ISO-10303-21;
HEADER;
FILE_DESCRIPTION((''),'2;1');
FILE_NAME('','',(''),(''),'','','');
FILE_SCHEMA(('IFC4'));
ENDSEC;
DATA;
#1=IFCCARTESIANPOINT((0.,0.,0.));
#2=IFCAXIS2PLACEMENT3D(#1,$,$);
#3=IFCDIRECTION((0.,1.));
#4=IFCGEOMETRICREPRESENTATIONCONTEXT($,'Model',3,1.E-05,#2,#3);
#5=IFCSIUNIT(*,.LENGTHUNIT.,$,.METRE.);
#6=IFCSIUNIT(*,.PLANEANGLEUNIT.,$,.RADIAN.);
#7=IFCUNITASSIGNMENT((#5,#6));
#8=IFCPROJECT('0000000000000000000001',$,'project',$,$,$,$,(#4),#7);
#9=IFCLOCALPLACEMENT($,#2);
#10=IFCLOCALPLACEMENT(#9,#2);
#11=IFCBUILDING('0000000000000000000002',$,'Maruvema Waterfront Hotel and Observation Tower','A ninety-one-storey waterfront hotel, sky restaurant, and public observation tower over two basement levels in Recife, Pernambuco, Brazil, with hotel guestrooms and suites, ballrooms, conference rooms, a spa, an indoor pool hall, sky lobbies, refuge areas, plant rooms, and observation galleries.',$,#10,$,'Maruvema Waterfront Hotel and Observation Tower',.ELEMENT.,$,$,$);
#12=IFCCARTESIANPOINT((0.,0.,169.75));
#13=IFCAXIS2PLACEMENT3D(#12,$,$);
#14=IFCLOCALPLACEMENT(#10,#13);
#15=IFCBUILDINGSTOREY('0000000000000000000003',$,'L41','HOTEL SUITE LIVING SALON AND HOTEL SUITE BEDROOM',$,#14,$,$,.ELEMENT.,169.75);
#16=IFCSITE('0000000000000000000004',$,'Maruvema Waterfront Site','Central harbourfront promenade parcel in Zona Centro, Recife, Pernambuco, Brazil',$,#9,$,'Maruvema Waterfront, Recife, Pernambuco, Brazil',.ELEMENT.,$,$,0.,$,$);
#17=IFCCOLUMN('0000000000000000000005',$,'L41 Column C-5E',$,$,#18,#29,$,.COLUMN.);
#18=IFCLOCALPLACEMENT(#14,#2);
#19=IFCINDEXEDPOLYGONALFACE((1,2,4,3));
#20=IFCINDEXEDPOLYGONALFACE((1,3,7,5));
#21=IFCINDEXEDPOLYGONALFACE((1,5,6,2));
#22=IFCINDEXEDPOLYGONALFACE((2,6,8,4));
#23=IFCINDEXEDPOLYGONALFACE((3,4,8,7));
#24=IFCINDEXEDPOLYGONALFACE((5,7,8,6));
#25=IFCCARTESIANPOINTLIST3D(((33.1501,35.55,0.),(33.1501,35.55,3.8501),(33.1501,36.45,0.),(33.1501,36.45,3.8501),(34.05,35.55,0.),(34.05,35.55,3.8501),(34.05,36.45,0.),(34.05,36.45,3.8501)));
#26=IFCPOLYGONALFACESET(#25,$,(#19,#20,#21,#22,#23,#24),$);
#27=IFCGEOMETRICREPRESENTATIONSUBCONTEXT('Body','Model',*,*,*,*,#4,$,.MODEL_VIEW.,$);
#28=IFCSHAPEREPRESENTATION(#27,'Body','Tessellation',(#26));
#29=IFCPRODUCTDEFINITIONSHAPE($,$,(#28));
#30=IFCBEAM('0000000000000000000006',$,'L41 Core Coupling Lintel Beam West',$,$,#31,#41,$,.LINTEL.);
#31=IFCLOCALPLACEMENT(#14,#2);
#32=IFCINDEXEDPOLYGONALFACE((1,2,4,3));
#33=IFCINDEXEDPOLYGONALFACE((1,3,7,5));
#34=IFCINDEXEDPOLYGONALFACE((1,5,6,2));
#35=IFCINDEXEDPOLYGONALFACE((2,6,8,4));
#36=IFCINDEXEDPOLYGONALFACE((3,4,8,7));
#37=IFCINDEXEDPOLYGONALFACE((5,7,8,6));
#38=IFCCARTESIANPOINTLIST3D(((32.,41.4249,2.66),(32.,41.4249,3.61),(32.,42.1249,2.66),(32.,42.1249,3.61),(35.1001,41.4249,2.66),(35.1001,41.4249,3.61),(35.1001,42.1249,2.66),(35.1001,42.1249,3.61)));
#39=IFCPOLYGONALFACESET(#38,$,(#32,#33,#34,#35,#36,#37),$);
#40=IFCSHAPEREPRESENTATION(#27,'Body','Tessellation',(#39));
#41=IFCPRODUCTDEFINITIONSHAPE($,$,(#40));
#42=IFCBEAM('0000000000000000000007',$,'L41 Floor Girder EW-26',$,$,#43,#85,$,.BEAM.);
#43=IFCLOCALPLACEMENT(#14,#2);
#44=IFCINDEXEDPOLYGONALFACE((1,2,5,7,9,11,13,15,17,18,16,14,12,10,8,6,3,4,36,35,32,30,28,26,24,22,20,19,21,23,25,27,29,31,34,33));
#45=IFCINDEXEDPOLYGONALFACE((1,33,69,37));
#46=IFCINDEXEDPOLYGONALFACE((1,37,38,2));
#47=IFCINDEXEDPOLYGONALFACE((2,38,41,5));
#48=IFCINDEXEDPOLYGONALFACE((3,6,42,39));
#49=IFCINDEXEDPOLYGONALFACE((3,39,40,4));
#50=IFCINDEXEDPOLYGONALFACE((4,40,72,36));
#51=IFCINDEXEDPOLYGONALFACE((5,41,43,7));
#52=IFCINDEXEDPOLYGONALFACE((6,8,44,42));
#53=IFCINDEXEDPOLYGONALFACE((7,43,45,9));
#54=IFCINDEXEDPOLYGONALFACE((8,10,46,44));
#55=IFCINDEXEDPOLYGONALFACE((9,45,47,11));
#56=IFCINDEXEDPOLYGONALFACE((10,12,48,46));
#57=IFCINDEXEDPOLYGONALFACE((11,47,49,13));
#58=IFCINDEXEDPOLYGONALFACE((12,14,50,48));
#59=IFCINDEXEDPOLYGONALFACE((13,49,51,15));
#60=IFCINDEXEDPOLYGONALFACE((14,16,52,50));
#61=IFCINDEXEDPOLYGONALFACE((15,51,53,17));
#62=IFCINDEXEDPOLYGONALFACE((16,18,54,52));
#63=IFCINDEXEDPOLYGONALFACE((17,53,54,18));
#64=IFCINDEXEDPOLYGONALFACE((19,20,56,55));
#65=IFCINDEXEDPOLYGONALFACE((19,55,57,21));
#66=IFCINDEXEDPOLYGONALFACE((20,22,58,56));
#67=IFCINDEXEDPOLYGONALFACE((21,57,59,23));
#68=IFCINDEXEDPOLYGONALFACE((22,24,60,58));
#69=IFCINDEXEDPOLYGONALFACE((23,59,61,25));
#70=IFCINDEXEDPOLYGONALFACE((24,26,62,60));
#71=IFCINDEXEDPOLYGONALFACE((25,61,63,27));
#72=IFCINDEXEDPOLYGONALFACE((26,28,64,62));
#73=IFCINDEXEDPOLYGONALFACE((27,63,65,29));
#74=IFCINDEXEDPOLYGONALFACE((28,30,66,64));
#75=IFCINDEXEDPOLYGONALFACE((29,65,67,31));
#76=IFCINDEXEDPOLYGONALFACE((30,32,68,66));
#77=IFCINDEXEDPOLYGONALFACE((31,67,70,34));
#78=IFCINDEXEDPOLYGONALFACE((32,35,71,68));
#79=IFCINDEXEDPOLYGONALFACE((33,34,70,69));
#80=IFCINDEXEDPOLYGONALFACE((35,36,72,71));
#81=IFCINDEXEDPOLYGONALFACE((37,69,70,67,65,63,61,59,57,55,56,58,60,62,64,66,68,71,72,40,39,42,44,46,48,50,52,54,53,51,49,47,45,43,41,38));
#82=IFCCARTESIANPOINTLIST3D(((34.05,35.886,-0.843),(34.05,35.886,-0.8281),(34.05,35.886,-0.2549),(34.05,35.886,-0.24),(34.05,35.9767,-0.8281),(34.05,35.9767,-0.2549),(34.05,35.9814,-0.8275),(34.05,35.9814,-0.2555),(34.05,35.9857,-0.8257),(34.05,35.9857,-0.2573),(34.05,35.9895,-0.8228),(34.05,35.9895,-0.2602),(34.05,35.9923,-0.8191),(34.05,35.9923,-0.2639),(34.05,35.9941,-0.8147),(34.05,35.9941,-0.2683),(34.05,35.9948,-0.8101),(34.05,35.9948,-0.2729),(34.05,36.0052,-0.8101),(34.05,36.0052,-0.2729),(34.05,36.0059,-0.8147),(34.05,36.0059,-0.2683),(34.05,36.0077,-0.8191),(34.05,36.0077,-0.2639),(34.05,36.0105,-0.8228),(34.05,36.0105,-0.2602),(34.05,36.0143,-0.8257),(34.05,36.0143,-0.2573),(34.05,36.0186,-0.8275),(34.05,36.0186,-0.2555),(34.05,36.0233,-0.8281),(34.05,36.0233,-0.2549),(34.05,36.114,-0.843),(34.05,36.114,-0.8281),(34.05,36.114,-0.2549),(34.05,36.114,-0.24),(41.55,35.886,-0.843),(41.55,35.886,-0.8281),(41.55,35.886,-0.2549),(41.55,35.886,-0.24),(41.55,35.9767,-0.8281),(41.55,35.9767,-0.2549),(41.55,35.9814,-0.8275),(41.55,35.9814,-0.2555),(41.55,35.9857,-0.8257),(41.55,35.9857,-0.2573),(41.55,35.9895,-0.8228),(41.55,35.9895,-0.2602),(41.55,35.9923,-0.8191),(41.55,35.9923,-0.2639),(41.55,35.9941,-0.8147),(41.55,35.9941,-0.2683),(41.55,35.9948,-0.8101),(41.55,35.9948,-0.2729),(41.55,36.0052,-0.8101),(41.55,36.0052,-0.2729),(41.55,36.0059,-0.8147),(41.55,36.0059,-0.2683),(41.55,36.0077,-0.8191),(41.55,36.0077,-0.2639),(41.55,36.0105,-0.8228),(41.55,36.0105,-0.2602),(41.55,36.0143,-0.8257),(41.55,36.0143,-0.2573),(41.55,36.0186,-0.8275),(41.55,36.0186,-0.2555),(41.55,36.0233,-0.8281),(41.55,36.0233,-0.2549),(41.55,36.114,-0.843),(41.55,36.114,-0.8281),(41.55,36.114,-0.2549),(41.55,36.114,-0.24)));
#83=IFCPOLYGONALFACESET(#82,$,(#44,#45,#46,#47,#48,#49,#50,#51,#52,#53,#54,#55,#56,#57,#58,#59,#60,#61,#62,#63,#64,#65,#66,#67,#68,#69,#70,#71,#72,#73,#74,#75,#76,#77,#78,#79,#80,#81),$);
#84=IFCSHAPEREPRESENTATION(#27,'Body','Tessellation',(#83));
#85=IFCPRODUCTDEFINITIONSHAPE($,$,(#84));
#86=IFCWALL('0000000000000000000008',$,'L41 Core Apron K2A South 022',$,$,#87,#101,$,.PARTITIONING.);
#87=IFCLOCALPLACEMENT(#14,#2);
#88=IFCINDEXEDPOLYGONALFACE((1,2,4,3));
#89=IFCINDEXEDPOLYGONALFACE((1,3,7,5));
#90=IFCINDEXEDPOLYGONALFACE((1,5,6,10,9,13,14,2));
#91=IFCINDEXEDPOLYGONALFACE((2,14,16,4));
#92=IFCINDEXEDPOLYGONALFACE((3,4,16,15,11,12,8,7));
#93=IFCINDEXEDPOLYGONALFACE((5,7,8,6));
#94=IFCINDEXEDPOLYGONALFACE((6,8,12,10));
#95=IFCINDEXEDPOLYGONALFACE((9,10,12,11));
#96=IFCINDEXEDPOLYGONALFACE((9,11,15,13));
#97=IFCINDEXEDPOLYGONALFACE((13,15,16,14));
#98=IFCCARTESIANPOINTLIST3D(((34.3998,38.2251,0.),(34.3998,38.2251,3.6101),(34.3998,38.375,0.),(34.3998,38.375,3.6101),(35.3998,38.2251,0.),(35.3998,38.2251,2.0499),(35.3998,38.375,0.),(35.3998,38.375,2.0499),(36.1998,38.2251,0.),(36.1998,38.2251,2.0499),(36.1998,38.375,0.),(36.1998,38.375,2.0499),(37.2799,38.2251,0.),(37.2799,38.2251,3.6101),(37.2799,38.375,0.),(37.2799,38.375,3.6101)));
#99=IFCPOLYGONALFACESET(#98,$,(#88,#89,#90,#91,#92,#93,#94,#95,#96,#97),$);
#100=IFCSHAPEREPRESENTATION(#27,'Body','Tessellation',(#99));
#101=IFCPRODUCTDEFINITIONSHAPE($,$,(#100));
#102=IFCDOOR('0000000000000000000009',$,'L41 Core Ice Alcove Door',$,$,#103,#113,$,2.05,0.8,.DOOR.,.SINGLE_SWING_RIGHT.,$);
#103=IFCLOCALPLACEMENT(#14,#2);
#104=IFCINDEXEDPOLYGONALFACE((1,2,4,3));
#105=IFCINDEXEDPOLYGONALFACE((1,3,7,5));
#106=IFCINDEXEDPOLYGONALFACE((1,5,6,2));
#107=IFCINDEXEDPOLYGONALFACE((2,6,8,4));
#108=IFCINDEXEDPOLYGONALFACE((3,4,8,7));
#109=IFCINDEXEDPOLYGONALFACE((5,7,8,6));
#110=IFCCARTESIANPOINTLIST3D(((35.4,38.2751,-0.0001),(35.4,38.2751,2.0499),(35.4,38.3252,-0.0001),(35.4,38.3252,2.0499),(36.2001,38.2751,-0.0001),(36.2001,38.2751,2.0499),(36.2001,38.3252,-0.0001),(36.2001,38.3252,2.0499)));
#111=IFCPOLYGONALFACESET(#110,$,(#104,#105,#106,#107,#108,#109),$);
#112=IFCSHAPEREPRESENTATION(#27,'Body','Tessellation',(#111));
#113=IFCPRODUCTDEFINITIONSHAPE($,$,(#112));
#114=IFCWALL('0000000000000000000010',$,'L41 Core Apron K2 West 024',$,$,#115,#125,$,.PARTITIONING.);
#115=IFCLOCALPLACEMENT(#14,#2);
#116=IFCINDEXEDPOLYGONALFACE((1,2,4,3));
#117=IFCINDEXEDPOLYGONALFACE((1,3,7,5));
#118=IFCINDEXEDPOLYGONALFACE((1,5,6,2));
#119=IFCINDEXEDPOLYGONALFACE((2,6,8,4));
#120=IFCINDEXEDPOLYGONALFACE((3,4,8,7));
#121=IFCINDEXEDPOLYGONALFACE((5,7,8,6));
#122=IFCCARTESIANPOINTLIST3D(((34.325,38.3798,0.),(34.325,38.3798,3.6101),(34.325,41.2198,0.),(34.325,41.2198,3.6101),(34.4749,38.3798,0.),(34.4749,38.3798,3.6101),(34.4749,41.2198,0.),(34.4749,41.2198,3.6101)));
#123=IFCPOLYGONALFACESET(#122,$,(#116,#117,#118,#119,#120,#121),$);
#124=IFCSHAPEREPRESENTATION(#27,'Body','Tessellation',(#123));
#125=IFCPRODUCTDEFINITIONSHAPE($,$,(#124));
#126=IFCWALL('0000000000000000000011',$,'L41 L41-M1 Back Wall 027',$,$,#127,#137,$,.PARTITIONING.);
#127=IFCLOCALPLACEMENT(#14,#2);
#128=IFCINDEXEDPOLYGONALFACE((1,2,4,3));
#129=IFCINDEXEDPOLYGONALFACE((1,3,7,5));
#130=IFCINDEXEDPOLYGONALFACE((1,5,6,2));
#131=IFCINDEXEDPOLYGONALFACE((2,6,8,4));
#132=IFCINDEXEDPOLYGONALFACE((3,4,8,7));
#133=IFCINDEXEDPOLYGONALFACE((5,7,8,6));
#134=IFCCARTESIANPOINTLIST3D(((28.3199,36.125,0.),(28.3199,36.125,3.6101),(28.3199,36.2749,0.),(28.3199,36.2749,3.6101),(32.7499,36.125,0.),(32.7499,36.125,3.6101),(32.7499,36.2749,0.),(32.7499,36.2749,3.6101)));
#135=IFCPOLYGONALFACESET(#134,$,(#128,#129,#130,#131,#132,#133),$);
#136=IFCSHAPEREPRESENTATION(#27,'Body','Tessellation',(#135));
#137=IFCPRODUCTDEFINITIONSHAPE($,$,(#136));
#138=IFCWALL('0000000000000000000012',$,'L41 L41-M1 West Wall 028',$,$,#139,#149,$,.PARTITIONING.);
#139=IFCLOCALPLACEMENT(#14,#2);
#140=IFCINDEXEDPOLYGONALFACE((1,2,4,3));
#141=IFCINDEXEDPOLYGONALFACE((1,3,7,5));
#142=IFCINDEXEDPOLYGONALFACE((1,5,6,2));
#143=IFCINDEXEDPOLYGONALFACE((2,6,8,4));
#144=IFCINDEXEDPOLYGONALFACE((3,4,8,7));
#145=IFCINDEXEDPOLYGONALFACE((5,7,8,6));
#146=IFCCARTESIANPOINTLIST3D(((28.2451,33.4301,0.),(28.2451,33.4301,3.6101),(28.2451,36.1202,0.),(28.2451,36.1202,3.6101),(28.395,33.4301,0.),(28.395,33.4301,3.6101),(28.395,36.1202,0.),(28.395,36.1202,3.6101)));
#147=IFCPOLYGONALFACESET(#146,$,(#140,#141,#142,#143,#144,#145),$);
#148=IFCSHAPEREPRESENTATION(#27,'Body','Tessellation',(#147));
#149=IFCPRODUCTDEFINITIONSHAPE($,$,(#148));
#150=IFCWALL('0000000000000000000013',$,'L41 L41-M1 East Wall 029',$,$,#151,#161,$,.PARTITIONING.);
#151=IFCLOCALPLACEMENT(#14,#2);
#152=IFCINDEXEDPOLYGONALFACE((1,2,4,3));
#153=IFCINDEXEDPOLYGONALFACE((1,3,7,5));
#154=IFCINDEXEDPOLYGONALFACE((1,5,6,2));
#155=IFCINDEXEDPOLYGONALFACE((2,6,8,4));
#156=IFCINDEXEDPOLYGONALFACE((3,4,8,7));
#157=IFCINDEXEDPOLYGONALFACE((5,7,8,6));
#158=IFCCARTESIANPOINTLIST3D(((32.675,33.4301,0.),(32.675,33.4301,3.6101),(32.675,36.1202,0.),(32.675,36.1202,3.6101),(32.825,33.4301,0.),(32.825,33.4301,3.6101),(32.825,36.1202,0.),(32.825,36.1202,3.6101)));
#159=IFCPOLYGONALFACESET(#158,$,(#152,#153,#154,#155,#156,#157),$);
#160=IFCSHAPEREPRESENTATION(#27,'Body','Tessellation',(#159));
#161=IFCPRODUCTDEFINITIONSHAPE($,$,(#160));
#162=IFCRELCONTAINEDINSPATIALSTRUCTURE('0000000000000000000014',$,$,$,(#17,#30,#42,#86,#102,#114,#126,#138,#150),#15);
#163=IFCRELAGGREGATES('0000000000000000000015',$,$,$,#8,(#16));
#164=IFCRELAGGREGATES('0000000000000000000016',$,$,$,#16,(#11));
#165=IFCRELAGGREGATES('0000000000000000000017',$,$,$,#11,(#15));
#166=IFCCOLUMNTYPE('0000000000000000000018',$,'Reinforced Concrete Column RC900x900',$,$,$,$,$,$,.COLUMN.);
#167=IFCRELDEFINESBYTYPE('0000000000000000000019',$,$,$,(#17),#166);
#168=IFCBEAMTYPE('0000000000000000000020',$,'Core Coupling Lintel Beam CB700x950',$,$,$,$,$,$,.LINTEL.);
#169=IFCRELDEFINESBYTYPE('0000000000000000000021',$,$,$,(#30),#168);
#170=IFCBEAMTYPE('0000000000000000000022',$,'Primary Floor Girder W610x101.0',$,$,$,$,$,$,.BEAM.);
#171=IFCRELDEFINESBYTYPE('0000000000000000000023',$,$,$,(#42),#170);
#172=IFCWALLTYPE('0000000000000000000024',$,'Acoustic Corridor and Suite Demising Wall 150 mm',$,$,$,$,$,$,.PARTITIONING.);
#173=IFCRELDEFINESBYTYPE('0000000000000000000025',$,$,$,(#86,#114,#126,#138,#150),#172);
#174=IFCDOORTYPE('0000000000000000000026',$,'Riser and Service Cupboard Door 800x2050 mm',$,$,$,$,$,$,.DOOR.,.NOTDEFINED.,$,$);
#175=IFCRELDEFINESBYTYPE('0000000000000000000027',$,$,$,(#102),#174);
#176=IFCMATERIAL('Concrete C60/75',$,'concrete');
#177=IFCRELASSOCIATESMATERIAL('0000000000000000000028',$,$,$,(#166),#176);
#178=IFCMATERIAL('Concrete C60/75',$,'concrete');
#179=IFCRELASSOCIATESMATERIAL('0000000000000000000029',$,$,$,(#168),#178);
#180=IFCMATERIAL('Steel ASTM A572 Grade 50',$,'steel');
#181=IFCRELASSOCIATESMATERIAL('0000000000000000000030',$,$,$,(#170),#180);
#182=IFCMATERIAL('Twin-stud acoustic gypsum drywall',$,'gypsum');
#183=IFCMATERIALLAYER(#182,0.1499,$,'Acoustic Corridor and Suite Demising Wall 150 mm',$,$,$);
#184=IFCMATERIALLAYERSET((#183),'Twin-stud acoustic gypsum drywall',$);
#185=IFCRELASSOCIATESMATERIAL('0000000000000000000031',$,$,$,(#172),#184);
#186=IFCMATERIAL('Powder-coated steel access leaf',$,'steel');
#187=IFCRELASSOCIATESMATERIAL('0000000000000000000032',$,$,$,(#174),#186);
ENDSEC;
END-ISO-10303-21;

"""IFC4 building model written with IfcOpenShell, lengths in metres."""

from ifc_helpers import new_model, si_unit, direction, frame, frame_2d, origin, origin_2d, place, context, subcontext, project, spatial, rectangle, i_section, extrude, material, layer, layer_set, material_profile, profile_set, type_object, element, fill, save


model = new_model("IFC4")

# Units and contexts
model_context = context("Model", 3, precision=1e-05, world=origin(), true_north=direction((0.0, 1.0)))
body_context = subcontext(model_context, "Body", "Model", "MODEL_VIEW")
ifc_project = project(units=[si_unit("LENGTHUNIT", "METRE"), si_unit("PLANEANGLEUNIT", "RADIAN")], contexts=[model_context])

# Site, building, storey
site_placement = place(None, origin())
site = spatial("IfcSite", under=ifc_project, at=site_placement, Name="Maruvema Waterfront Site", Description="Central harbourfront promenade parcel in Zona Centro, Recife, Pernambuco, Brazil", LongName="Maruvema Waterfront, Recife, Pernambuco, Brazil", CompositionType="ELEMENT", RefElevation=0.0)
building_placement = place(site_placement, origin())
building = spatial("IfcBuilding", under=site, at=building_placement, Name="Maruvema Waterfront Hotel and Observation Tower", Description="A ninety-one-storey waterfront hotel, sky restaurant, and public observation tower over two basement levels in Recife, Pernambuco, Brazil, with hotel guestrooms and suites, ballrooms, conference rooms, a spa, an indoor pool hall, sky lobbies, refuge areas, plant rooms, and observation galleries.", LongName="Maruvema Waterfront Hotel and Observation Tower", CompositionType="ELEMENT")
storey_placement = place(building_placement, frame((0.0, 0.0, 169.75)))
storey = spatial("IfcBuildingStorey", under=building, at=storey_placement, Name="L41", Description="HOTEL SUITE LIVING SALON AND HOTEL SUITE BEDROOM", CompositionType="ELEMENT", Elevation=169.75)

# Column
ifc_material_1 = material(Name="Concrete C60/75", Category="concrete")
ifc_material_profile_1 = material_profile(ifc_material_1, rectangle(XDim=0.8999, YDim=0.8999, at=origin_2d()), Name="RC900x900")
ifc_profile_set_1 = profile_set([ifc_material_profile_1], Name="Concrete C60/75")
column_type = type_object("IfcColumnType", Name="Reinforced Concrete Column RC900x900", PredefinedType="COLUMN", material=ifc_profile_set_1)
column_placement = place(storey_placement, frame((33.6001, 36.0, 0.0), z_axis=(0.0, 0.0, 1.0), x_axis=(1.0, 0.0, 0.0)))
element("IfcColumn", 1, at=column_placement, inside=storey, type_object=column_type, Name="L41 Column C-5E", PredefinedType="COLUMN", context=body_context, shape_type="SweptSolid", body=[
    extrude(rectangle(XDim=0.8999, YDim=0.8999, at=origin_2d()), origin(), (0.0, 0.0, 1.0), 3.8501),
])

# Beams
ifc_material_2 = material(Name="Concrete C60/75", Category="concrete")
ifc_material_profile_2 = material_profile(ifc_material_2, rectangle(XDim=0.7, YDim=0.95, at=origin_2d()), Name="CB700x950")
ifc_profile_set_2 = profile_set([ifc_material_profile_2], Name="Concrete C60/75")
beam_type_1 = type_object("IfcBeamType", Name="Core Coupling Lintel Beam CB700x950", PredefinedType="LINTEL", material=ifc_profile_set_2)
beam_1_placement = place(storey_placement, frame((32.0, 41.7749, 3.135), z_axis=(1.0, 0.0, 0.0), x_axis=(0.0, 1.0, 0.0)))
element("IfcBeam", 2, at=beam_1_placement, inside=storey, type_object=beam_type_1, Name="L41 Core Coupling Lintel Beam West", PredefinedType="LINTEL", context=body_context, shape_type="SweptSolid", body=[
    extrude(rectangle(XDim=0.7, YDim=0.95, at=origin_2d()), origin(), (0.0, 0.0, 1.0), 3.1001),
])
ifc_material_3 = material(Name="Steel ASTM A572 Grade 50", Category="steel")
ifc_material_profile_3 = material_profile(ifc_material_3, i_section(OverallWidth=0.228, OverallDepth=0.603, WebThickness=0.0105, FlangeThickness=0.0149, FilletRadius=0.0181, at=origin_2d()), Name="W610x101.0")
ifc_profile_set_3 = profile_set([ifc_material_profile_3], Name="Steel ASTM A572 Grade 50")
beam_type_2 = type_object("IfcBeamType", Name="Primary Floor Girder W610x101.0", PredefinedType="BEAM", material=ifc_profile_set_3)
beam_2_placement = place(storey_placement, frame((34.05, 36.0, -0.5415), z_axis=(1.0, 0.0, 0.0), x_axis=(0.0, 1.0, 0.0)))
element("IfcBeam", 3, at=beam_2_placement, inside=storey, type_object=beam_type_2, Name="L41 Floor Girder EW-26", PredefinedType="BEAM", context=body_context, shape_type="SweptSolid", body=[
    extrude(i_section(OverallWidth=0.228, OverallDepth=0.603, WebThickness=0.0105, FlangeThickness=0.0149, FilletRadius=0.0181, at=origin_2d()), origin(), (0.0, 0.0, 1.0), 7.5),
])

# Wall, opening, door
ifc_material_4 = material(Name="Twin-stud acoustic gypsum drywall", Category="gypsum")
ifc_layer_1 = layer(ifc_material_4, 0.1499, Name="Acoustic Corridor and Suite Demising Wall 150 mm")
ifc_layer_set_1 = layer_set([ifc_layer_1], Name="Twin-stud acoustic gypsum drywall")
wall_type_1 = type_object("IfcWallType", Name="Acoustic Corridor and Suite Demising Wall 150 mm", PredefinedType="PARTITIONING", material=ifc_layer_set_1)
wall_1_placement = place(storey_placement, frame((34.3999, 38.3, 0.0), z_axis=(0.0, 0.0, 1.0), x_axis=(1.0, 0.0, 0.0)))
wall_1 = element("IfcWall", 4, at=wall_1_placement, inside=storey, type_object=wall_type_1, Name="L41 Core Apron K2A South 022", PredefinedType="PARTITIONING", context=body_context, shape_type="SweptSolid", body=[
    extrude(rectangle(XDim=2.8801, YDim=0.1499, at=frame_2d((1.4399, 0.0))), origin(), (0.0, 0.0, 1.0), 3.6101),
])
opening_1_placement = place(wall_1_placement, frame((1.0, 0.0, 0.0)))
opening_1 = element("IfcOpeningElement", 5, at=opening_1_placement, cuts=wall_1, PredefinedType="OPENING", context=body_context, shape_type="SweptSolid", body=[
    extrude(rectangle(XDim=0.8, YDim=2.05, at=frame_2d((0.3999, 1.0249))), frame((0.0, 0.085, 0.0), z_axis=(0.0, -1.0, 0.0), x_axis=(1.0, 0.0, 0.0)), (0.0, 0.0, 1.0), 0.1699),
])
ifc_material_5 = material(Name="Powder-coated steel access leaf", Category="steel")
door_type_1 = type_object("IfcDoorType", Name="Riser and Service Cupboard Door 800x2050 mm", OperationType="NOTDEFINED", PredefinedType="DOOR", material=ifc_material_5)
door_1_placement = place(opening_1_placement, frame((0.8, 0.0, 0.0), z_axis=(0.0, 0.0, 1.0), x_axis=(-1.0, 0.0, 0.0)))
door_1 = element("IfcDoor", 6, at=door_1_placement, inside=storey, type_object=door_type_1, Name="L41 Core Ice Alcove Door", OperationType="SINGLE_SWING_RIGHT", OverallHeight=2.05, OverallWidth=0.8, PredefinedType="DOOR", context=body_context, shape_type="SweptSolid", body=[
    extrude(rectangle(XDim=0.8, YDim=2.05, at=frame_2d((0.3999, 1.0249))), frame((0.0, 0.0249, 0.0), z_axis=(0.0, -1.0, 0.0), x_axis=(1.0, 0.0, 0.0)), (0.0, 0.0, 1.0), 0.05),
])
fill(opening_1, door_1)

# Walls
wall_2_placement = place(storey_placement, frame((34.3999, 38.3799, 0.0), z_axis=(0.0, 0.0, 1.0), x_axis=(0.0, 1.0, 0.0)))
element("IfcWall", 7, at=wall_2_placement, inside=storey, type_object=wall_type_1, Name="L41 Core Apron K2 West 024", PredefinedType="PARTITIONING", context=body_context, shape_type="SweptSolid", body=[
    extrude(rectangle(XDim=2.8401, YDim=0.1499, at=frame_2d((1.4199, 0.0))), origin(), (0.0, 0.0, 1.0), 3.6101),
])
wall_3_placement = place(storey_placement, frame((28.3201, 36.2, 0.0), z_axis=(0.0, 0.0, 1.0), x_axis=(1.0, 0.0, 0.0)))
element("IfcWall", 8, at=wall_3_placement, inside=storey, type_object=wall_type_1, Name="L41 L41-M1 Back Wall 027", PredefinedType="PARTITIONING", context=body_context, shape_type="SweptSolid", body=[
    extrude(rectangle(XDim=4.4299, YDim=0.1499, at=frame_2d((2.2148, 0.0))), origin(), (0.0, 0.0, 1.0), 3.6101),
])
for number, where, z_axis, x_axis, name in (
    (9, (28.3201, 33.4299, 0.0), (0.0, 0.0, 1.0), (0.0, 1.0, 0.0), "L41 L41-M1 West Wall 028"),
    (10, (32.75, 33.4299, 0.0), (0.0, 0.0, 1.0), (0.0, 1.0, 0.0), "L41 L41-M1 East Wall 029"),
):
    element("IfcWall", number, at=place(storey_placement, frame(where, z_axis=z_axis, x_axis=x_axis)), inside=storey, type_object=wall_type_1, Name=name, PredefinedType="PARTITIONING", context=body_context, shape_type="SweptSolid", body=[
        extrude(rectangle(XDim=2.6902, YDim=0.1499, at=frame_2d((1.3452, 0.0))), origin(), (0.0, 0.0, 1.0), 3.6101),
    ])

save(model, "model.ifc")
